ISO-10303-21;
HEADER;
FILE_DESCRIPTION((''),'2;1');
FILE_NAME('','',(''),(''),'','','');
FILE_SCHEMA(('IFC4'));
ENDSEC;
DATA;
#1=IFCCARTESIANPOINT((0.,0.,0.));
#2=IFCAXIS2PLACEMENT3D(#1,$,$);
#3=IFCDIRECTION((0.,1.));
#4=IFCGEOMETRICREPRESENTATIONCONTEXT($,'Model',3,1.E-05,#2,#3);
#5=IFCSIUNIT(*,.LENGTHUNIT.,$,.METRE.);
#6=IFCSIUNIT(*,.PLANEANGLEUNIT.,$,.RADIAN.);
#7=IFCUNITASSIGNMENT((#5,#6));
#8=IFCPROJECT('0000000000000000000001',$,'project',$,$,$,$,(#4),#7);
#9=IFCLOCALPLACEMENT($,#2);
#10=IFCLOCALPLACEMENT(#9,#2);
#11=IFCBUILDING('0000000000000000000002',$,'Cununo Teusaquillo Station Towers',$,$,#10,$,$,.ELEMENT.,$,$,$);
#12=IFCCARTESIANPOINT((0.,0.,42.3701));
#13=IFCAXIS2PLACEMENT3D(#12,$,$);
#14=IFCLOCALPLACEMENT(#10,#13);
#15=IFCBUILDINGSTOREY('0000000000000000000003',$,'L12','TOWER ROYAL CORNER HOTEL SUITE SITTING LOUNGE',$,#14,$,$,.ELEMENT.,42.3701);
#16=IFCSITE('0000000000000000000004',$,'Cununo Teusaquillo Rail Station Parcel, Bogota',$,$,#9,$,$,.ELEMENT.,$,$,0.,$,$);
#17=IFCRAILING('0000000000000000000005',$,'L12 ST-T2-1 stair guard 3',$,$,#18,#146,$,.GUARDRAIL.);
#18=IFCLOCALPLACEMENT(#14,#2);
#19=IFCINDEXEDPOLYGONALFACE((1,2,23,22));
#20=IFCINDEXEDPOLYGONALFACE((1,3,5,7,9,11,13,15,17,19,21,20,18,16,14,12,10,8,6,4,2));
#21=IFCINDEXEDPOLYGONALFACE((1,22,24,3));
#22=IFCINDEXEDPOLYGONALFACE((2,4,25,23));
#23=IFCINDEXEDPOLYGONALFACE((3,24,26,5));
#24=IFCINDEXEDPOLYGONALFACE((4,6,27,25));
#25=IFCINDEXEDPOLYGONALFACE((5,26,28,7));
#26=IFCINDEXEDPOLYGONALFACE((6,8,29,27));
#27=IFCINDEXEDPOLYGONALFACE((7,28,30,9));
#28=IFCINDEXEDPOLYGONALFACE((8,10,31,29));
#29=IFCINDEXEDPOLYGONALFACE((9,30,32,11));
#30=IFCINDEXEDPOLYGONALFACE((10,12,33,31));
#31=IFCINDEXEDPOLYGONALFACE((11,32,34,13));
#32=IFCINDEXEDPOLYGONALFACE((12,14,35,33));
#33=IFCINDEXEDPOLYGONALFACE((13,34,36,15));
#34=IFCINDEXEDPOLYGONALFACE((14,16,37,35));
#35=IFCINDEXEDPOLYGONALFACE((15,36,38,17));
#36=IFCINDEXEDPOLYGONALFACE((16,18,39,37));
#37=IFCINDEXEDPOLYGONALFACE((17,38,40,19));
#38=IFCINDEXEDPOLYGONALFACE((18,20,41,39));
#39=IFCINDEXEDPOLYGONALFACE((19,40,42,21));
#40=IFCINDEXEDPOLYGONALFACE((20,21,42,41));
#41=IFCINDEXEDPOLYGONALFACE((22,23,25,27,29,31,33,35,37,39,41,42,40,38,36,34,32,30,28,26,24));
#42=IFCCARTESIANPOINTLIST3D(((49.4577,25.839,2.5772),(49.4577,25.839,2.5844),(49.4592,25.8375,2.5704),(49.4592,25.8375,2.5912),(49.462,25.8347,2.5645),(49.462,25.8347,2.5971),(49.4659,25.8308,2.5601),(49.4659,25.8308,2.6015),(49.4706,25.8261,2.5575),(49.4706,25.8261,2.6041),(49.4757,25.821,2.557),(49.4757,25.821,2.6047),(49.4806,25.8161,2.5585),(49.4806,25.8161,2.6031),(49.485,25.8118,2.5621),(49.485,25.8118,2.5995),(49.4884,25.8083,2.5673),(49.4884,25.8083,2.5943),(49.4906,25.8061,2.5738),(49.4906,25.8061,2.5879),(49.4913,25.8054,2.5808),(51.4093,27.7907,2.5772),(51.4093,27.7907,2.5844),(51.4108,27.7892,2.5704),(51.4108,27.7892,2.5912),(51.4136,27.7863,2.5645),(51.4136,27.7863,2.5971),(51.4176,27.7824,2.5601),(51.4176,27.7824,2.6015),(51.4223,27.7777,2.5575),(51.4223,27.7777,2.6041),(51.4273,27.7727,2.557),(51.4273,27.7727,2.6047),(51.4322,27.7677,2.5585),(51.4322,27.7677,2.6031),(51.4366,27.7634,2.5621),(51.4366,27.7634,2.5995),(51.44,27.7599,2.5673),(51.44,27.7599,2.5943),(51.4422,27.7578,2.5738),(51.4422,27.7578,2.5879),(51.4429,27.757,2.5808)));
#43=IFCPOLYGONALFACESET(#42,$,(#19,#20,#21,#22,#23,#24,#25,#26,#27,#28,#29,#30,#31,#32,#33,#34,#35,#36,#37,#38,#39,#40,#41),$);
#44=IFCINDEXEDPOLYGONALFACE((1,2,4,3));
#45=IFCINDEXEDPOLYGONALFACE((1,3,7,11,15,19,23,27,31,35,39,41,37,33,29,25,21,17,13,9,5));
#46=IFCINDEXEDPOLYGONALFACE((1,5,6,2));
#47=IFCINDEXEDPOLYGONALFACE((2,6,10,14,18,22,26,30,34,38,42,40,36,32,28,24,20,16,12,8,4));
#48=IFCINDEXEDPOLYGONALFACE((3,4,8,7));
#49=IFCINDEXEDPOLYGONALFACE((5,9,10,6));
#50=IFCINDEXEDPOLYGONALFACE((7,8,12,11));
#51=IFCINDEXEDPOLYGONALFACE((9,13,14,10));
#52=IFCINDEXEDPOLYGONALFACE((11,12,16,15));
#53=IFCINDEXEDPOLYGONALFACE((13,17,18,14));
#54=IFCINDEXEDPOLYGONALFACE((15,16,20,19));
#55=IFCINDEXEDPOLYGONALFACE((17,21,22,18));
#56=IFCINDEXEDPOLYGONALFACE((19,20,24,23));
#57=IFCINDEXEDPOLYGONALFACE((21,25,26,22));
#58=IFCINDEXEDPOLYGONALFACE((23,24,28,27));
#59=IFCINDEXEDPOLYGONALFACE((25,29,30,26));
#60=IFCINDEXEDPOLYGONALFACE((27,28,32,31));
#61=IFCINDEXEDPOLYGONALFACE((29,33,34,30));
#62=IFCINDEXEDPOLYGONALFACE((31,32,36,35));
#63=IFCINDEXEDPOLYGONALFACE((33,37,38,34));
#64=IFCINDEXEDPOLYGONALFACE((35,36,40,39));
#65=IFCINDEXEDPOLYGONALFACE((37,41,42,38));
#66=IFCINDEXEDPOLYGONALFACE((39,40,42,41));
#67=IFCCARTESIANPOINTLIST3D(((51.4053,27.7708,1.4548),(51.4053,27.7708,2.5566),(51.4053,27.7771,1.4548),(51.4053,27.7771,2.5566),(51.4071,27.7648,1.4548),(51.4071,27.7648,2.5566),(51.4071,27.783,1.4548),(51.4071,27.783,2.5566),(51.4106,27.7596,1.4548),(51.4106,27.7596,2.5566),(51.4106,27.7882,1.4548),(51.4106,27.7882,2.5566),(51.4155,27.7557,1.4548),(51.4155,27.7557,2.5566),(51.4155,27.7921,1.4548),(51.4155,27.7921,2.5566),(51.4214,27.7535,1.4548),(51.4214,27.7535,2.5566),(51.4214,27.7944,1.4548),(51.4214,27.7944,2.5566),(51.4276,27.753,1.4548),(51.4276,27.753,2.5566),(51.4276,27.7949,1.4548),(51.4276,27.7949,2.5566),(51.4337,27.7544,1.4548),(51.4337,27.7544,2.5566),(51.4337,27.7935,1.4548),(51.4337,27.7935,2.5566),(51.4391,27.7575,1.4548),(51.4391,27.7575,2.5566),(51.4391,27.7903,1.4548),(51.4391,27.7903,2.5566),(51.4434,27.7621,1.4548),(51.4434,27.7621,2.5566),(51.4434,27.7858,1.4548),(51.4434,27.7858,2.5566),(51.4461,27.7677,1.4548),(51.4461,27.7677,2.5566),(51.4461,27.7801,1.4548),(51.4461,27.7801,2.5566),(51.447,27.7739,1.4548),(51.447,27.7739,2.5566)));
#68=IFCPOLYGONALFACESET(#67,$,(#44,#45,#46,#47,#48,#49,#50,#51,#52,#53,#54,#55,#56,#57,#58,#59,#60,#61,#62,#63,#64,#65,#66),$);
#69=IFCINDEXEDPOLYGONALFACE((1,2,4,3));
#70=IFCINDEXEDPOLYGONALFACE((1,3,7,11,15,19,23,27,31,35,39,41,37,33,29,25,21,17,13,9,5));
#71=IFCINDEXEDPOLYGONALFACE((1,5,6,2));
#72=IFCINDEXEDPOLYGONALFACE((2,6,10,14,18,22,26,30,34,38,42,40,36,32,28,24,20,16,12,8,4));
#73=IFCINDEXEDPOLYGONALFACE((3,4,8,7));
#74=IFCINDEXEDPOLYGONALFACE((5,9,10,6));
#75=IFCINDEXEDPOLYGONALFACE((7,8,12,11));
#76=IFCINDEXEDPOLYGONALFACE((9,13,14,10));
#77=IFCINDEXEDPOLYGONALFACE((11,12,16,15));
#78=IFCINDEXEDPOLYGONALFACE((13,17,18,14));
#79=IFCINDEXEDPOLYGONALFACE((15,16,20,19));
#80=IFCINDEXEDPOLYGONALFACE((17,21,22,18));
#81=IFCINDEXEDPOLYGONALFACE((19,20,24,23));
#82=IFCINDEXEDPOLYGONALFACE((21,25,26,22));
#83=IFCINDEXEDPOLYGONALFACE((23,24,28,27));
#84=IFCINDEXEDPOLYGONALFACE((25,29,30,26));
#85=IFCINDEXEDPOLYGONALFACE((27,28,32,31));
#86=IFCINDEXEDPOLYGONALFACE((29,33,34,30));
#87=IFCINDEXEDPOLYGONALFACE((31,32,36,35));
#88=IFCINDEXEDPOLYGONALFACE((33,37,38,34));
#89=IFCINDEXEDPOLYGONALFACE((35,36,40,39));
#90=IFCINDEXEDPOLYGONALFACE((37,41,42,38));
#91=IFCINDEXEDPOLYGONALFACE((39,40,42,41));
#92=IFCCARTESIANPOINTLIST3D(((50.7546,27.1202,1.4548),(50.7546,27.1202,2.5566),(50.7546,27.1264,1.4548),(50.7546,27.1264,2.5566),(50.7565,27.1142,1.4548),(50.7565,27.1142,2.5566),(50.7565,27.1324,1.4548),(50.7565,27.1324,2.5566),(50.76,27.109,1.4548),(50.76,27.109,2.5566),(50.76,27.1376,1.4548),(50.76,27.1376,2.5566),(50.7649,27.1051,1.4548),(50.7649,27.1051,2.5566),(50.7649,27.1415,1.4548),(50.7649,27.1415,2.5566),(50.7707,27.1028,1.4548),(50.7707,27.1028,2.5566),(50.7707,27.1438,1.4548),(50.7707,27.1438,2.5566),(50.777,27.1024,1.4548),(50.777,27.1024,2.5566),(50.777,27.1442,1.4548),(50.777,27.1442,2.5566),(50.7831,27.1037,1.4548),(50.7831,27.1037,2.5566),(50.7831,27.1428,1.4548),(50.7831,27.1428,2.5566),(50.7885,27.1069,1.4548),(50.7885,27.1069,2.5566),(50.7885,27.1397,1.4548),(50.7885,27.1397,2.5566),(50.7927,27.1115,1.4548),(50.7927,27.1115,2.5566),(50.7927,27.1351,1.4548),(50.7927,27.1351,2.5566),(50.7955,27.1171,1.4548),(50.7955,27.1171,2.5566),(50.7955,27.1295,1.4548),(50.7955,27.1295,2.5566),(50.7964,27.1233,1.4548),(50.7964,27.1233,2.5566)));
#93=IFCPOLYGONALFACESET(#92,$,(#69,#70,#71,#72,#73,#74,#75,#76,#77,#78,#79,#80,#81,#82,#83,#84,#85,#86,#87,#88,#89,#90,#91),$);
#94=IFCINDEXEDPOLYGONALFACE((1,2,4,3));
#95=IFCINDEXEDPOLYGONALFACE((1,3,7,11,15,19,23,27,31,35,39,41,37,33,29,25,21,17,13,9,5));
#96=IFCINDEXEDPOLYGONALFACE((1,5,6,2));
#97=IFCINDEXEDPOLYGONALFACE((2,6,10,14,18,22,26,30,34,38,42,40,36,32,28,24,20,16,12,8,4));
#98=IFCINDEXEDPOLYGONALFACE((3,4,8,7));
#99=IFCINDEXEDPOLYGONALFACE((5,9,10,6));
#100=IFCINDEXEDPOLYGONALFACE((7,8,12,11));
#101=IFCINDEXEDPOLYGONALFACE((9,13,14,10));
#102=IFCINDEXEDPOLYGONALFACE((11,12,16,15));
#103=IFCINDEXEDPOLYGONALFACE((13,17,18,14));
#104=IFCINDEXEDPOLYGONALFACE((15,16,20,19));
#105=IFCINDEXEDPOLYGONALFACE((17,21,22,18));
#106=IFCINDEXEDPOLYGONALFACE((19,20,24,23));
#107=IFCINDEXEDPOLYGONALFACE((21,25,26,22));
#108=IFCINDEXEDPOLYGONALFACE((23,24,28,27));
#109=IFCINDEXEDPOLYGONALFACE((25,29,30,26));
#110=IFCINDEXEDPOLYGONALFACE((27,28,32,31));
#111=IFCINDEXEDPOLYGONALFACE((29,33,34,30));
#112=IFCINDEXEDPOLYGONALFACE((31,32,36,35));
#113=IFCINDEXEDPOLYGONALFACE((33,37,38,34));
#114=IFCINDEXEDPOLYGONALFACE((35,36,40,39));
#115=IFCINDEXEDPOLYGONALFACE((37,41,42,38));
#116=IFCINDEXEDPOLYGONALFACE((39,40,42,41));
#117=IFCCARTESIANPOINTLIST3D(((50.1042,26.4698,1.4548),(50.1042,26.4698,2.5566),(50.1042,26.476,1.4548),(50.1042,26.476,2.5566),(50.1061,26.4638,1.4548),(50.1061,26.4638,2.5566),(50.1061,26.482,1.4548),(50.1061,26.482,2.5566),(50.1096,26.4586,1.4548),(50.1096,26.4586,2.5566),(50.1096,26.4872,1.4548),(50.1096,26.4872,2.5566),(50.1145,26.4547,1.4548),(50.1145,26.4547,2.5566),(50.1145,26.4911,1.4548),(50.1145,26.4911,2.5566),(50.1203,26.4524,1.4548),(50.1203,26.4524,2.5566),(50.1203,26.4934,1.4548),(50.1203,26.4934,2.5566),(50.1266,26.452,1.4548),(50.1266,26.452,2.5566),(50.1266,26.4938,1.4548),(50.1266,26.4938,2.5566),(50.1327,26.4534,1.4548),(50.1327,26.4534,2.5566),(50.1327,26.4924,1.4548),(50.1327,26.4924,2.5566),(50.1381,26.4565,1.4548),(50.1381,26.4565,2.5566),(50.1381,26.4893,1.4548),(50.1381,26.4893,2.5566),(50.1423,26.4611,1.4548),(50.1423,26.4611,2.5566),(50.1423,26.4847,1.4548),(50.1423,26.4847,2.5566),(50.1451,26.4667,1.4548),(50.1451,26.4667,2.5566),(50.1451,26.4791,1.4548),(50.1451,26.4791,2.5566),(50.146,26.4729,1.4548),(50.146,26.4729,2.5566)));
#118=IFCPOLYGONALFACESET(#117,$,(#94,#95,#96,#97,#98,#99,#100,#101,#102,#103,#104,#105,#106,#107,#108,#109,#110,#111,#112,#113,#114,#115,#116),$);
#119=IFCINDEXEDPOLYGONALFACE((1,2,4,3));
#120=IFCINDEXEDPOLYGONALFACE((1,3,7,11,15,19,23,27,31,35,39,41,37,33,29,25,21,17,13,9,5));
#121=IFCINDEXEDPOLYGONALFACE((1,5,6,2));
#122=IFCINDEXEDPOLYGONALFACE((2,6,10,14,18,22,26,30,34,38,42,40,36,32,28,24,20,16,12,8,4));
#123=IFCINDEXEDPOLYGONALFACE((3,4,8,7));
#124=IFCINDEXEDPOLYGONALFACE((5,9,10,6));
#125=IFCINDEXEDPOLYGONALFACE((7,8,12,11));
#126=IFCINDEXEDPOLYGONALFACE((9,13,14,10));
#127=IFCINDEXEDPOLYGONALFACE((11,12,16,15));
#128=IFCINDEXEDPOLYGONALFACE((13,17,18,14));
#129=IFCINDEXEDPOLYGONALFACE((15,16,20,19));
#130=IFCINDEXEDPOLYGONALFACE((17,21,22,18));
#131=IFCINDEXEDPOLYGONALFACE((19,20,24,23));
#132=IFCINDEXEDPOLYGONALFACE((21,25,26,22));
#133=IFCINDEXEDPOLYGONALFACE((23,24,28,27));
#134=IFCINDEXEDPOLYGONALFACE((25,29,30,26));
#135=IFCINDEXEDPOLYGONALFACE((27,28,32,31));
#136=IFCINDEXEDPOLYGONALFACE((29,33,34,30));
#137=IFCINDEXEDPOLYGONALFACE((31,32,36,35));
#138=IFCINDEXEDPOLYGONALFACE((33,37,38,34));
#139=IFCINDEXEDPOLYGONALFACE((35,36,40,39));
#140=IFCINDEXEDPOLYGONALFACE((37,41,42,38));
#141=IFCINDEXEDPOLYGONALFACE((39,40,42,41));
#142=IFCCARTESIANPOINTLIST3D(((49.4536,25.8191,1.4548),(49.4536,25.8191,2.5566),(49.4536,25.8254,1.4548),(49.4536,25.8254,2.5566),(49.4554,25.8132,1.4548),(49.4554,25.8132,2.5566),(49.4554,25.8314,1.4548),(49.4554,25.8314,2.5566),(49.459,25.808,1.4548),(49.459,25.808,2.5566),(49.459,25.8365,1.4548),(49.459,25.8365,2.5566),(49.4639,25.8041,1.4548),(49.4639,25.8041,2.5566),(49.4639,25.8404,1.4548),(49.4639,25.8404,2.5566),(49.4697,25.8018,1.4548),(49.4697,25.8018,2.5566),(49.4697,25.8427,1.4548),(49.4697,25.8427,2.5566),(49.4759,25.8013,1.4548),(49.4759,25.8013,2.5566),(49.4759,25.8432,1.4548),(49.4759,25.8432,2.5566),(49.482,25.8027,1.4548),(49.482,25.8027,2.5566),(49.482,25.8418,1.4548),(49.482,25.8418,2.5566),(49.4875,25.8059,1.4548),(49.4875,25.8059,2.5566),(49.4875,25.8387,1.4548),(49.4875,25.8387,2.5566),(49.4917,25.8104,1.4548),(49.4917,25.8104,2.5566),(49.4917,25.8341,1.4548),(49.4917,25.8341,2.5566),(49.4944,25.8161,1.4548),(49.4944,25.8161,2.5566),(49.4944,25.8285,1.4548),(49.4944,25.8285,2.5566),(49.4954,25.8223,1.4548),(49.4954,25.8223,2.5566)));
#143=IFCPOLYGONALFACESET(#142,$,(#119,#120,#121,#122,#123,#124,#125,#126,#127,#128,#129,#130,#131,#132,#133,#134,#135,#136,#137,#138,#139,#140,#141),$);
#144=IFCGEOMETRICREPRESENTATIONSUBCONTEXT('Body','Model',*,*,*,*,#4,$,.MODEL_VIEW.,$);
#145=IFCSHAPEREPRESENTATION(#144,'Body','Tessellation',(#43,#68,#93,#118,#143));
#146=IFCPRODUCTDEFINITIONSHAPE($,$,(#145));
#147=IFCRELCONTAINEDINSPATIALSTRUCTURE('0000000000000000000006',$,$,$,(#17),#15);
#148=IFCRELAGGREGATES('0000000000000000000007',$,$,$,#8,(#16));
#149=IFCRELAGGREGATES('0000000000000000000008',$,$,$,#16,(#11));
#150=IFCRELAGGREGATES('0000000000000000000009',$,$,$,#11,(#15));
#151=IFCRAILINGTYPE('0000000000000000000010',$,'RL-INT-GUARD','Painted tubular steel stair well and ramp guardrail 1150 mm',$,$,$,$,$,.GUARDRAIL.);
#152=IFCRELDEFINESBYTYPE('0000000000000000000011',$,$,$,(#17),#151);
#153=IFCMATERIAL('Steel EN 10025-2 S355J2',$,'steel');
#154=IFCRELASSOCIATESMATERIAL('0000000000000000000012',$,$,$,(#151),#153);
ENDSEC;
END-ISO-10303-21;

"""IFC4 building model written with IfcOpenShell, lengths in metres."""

from ifc_helpers import new_model, si_unit, direction, frame, origin, origin_2d, place, context, subcontext, project, spatial, circle, extrude, material, type_object, element, save


model = new_model("IFC4")

# Units and contexts
model_context = context("Model", 3, precision=1e-05, world=origin(), true_north=direction((0.0, 1.0)))
body_context = subcontext(model_context, "Body", "Model", "MODEL_VIEW")
ifc_project = project(units=[si_unit("LENGTHUNIT", "METRE"), si_unit("PLANEANGLEUNIT", "RADIAN")], contexts=[model_context])

# Site, building, storey
site_placement = place(None, origin())
site = spatial("IfcSite", under=ifc_project, at=site_placement, Name="Cununo Teusaquillo Rail Station Parcel, Bogota", CompositionType="ELEMENT", RefElevation=0.0)
building_placement = place(site_placement, origin())
building = spatial("IfcBuilding", under=site, at=building_placement, Name="Cununo Teusaquillo Station Towers", CompositionType="ELEMENT")
storey_placement = place(building_placement, frame((0.0, 0.0, 42.3701)))
storey = spatial("IfcBuildingStorey", under=building, at=storey_placement, Name="L12", Description="TOWER ROYAL CORNER HOTEL SUITE SITTING LOUNGE", CompositionType="ELEMENT", Elevation=42.3701)

# Railing
ifc_material_1 = material(Name="Steel EN 10025-2 S355J2", Category="steel")
railing_type = type_object("IfcRailingType", Name="RL-INT-GUARD", Description="Painted tubular steel stair well and ramp guardrail 1150 mm", PredefinedType="GUARDRAIL", material=ifc_material_1)
railing_1_placement = place(storey_placement, frame((51.426, 27.7739, 1.4548)))
element("IfcRailing", 1, at=railing_1_placement, inside=storey, type_object=railing_type, Name="L12 ST-T2-1 stair guard 3", PredefinedType="GUARDRAIL", context=body_context, shape_type="SweptSolid", body=[
    extrude(circle(Radius=0.0239, at=origin_2d()), frame((0.0, 0.0, 1.126), z_axis=(-0.707107, -0.707107, 0.0), x_axis=(0.707107, -0.707107, 0.0)), (0.0, 0.0, 1.0), 2.76),
    extrude(circle(Radius=0.021, at=origin_2d()), origin(), (0.0, 0.0, 1.0), 1.1018),
    extrude(circle(Radius=0.021, at=origin_2d()), frame((-0.6506, -0.6506, 0.0)), (0.0, 0.0, 1.0), 1.1018),
    extrude(circle(Radius=0.021, at=origin_2d()), frame((-1.301, -1.301, 0.0)), (0.0, 0.0, 1.0), 1.1018),
    extrude(circle(Radius=0.021, at=origin_2d()), frame((-1.9517, -1.9517, 0.0)), (0.0, 0.0, 1.0), 1.1018),
])

save(model, "model.ifc")
